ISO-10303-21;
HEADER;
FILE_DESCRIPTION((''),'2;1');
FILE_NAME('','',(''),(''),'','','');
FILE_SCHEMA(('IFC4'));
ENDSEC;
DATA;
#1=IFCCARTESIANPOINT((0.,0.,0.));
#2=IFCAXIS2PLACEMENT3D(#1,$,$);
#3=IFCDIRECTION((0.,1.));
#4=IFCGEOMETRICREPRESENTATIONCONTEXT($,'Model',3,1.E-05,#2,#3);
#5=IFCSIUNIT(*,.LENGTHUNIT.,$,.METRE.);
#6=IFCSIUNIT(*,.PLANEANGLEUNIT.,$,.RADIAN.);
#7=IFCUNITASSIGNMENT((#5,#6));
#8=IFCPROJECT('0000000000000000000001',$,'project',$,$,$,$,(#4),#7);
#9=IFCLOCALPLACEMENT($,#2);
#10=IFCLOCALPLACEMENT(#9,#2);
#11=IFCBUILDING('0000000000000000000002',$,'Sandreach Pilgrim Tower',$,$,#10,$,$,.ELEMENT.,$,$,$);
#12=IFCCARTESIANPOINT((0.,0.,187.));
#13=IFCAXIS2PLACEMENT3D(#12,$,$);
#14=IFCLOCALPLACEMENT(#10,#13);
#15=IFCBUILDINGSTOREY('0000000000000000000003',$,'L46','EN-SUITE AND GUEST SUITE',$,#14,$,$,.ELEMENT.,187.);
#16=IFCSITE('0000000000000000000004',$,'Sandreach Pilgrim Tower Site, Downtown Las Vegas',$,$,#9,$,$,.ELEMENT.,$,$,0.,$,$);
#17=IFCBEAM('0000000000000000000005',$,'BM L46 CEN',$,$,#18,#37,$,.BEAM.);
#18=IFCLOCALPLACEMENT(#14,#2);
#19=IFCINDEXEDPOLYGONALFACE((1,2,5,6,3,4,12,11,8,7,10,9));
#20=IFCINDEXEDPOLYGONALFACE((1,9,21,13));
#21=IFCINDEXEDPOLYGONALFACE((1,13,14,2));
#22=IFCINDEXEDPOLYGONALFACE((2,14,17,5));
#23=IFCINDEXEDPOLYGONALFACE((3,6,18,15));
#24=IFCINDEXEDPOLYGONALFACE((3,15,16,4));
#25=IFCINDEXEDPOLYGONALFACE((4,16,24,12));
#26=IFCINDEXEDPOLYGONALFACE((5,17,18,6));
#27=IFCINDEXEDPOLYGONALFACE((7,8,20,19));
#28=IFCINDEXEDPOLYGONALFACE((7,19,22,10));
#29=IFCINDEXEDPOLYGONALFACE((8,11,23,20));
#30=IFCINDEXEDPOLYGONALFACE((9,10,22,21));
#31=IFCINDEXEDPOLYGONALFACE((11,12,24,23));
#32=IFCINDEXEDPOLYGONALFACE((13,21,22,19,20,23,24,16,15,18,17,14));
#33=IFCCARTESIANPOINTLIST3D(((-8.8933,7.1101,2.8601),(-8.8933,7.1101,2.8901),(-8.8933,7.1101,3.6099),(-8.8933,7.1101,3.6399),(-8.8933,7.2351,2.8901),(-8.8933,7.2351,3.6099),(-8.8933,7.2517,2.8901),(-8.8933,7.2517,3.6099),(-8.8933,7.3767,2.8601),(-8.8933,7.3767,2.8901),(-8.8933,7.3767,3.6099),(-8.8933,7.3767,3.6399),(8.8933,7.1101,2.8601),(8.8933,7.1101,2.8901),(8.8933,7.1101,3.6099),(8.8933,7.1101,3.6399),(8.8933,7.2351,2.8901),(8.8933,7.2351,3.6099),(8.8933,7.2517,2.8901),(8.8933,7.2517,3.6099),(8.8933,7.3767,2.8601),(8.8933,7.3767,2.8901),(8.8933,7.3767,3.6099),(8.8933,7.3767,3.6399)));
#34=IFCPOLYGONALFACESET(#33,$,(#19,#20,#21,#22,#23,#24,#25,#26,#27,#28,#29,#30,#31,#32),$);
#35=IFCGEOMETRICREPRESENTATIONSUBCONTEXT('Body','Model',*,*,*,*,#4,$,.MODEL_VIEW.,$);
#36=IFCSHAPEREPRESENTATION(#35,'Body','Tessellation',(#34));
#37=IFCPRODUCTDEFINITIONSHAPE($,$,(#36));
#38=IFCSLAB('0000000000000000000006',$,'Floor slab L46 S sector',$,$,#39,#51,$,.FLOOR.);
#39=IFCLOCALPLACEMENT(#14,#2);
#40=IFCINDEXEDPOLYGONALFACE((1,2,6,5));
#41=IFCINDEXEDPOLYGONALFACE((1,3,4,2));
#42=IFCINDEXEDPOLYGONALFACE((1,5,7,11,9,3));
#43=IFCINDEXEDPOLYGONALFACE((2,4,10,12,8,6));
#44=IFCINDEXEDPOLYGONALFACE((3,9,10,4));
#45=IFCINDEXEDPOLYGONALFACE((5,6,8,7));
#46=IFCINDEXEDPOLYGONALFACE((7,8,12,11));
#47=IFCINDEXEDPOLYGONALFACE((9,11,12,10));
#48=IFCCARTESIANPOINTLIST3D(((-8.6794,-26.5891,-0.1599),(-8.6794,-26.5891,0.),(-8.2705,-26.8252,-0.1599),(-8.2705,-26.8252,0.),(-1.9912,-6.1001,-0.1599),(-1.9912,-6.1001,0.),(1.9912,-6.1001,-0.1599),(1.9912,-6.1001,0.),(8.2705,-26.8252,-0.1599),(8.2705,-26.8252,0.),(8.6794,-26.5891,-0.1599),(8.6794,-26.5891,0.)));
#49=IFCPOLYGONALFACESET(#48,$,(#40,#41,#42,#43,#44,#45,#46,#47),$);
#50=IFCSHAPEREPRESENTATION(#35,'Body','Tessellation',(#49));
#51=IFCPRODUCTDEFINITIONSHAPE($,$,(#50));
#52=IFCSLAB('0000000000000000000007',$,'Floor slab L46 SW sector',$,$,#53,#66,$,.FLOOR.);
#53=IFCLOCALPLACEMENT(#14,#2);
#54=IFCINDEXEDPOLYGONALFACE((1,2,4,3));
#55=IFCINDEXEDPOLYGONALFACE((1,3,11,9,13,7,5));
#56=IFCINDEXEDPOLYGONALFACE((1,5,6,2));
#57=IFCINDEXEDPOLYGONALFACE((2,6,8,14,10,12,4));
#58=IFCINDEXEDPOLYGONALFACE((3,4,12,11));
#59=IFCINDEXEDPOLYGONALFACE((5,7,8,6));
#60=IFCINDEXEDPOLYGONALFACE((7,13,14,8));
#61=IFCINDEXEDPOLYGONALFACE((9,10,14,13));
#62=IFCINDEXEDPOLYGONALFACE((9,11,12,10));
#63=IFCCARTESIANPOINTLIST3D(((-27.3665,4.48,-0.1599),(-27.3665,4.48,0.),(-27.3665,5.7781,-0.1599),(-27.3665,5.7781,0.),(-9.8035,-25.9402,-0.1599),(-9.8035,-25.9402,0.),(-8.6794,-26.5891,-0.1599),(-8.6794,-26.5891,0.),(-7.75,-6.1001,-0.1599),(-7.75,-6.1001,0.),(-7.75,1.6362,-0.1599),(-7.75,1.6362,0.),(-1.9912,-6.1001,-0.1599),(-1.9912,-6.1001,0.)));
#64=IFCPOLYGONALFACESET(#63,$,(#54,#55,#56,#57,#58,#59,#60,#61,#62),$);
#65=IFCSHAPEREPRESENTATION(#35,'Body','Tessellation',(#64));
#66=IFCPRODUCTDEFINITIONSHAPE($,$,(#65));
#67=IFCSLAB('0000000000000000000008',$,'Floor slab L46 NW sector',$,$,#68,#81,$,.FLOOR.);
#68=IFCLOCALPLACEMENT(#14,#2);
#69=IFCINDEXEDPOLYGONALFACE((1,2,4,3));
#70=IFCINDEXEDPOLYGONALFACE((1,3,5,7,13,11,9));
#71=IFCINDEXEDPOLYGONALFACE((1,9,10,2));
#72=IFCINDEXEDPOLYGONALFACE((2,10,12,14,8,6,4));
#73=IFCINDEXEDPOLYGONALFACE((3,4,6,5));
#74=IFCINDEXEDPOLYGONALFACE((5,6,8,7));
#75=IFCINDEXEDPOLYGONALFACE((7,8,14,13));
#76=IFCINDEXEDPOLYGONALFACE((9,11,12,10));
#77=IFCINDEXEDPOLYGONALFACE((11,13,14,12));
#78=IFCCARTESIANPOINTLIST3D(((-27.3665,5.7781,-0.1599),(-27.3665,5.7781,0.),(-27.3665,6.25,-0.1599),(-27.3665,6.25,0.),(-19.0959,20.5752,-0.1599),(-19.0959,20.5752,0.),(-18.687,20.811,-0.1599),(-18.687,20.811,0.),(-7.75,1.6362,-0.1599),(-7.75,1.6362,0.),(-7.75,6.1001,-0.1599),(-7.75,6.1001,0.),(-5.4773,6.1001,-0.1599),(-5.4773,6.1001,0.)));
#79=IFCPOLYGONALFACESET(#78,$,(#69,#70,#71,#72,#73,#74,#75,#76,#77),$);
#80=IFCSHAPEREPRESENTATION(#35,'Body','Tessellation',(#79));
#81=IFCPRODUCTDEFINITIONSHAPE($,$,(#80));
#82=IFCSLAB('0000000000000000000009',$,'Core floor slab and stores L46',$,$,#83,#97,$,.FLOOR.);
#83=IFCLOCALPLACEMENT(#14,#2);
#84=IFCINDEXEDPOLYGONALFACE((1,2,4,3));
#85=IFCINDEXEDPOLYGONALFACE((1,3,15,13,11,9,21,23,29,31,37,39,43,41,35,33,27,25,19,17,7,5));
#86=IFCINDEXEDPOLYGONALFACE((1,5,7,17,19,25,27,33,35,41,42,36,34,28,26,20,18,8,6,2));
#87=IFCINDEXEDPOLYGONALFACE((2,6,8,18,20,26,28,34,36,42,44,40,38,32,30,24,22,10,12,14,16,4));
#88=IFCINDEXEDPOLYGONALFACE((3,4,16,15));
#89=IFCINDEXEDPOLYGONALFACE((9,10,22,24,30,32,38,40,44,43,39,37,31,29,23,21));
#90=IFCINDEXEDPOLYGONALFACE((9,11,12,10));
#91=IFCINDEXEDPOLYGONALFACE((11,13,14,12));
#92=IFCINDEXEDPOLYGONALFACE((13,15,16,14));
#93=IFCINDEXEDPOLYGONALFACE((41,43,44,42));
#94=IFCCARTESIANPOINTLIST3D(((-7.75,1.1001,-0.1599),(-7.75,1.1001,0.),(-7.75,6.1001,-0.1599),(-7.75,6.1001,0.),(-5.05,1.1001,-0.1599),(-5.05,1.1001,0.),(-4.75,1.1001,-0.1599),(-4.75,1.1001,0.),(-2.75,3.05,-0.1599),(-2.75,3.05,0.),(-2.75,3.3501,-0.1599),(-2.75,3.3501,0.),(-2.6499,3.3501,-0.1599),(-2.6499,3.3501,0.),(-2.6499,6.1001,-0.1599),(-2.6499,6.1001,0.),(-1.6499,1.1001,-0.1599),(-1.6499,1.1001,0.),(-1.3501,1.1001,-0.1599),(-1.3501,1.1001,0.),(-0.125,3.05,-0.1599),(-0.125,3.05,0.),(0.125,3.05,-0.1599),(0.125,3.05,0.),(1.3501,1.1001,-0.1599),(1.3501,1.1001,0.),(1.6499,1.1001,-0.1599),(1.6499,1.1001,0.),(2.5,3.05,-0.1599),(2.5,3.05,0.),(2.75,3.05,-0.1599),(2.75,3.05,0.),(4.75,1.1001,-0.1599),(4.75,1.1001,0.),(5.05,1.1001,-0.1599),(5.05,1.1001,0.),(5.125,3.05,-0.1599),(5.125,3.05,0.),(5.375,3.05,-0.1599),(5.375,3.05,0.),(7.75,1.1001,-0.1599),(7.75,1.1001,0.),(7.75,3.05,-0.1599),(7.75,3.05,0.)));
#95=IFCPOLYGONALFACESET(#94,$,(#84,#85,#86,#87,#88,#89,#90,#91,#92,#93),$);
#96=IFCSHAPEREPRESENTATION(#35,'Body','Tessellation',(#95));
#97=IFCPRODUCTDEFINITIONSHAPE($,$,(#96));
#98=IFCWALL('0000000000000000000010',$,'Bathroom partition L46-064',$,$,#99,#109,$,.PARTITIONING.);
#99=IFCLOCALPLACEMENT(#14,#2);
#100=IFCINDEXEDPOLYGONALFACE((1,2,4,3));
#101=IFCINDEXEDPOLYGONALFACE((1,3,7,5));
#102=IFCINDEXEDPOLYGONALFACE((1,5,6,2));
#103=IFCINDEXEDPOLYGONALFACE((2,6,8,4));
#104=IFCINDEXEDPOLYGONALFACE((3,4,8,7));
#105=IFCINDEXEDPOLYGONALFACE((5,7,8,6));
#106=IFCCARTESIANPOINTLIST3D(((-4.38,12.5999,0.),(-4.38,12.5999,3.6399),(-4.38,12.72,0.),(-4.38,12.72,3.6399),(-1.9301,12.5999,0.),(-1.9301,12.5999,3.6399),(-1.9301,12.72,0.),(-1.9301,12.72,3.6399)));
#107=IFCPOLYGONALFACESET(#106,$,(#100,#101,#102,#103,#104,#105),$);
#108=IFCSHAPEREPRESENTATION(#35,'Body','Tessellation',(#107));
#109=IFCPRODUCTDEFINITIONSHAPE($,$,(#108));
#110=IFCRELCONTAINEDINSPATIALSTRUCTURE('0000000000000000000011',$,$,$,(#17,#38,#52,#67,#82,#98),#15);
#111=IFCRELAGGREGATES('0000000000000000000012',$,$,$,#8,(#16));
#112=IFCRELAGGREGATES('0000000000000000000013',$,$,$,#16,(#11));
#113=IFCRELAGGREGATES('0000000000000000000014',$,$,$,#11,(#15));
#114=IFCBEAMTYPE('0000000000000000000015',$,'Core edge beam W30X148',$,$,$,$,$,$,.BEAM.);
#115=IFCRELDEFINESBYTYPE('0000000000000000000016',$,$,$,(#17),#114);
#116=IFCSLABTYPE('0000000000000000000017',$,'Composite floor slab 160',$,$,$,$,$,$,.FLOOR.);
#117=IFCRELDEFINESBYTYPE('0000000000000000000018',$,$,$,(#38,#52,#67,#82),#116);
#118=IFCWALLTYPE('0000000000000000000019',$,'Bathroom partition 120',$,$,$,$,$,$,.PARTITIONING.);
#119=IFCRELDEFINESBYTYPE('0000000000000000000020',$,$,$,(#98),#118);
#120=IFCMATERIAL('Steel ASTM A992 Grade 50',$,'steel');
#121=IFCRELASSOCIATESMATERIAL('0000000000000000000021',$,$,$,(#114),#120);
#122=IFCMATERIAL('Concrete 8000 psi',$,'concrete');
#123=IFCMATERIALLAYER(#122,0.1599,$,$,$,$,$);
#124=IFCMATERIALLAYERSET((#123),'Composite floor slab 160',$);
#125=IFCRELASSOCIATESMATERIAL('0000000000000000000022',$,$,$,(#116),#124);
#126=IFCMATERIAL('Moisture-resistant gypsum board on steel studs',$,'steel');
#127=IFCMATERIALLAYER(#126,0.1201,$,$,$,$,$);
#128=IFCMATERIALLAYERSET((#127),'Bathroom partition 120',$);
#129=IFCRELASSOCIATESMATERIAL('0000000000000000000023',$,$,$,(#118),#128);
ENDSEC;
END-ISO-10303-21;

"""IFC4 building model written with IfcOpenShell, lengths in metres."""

from ifc_helpers import new_model, si_unit, direction, frame, frame_2d, origin, origin_2d, place, context, subcontext, project, spatial, polyline, rectangle, i_section, outline, extrude, material, layer, layer_set, material_profile, profile_set, type_object, element, save


model = new_model("IFC4")

# Units and contexts
model_context = context("Model", 3, precision=1e-05, world=origin(), true_north=direction((0.0, 1.0)))
body_context = subcontext(model_context, "Body", "Model", "MODEL_VIEW")
ifc_project = project(units=[si_unit("LENGTHUNIT", "METRE"), si_unit("PLANEANGLEUNIT", "RADIAN")], contexts=[model_context])

# Site, building, storey
site_placement = place(None, origin())
site = spatial("IfcSite", under=ifc_project, at=site_placement, Name="Sandreach Pilgrim Tower Site, Downtown Las Vegas", CompositionType="ELEMENT", RefElevation=0.0)
building_placement = place(site_placement, origin())
building = spatial("IfcBuilding", under=site, at=building_placement, Name="Sandreach Pilgrim Tower", CompositionType="ELEMENT")
storey_placement = place(building_placement, frame((0.0, 0.0, 187.0)))
storey = spatial("IfcBuildingStorey", under=building, at=storey_placement, Name="L46", Description="EN-SUITE AND GUEST SUITE", CompositionType="ELEMENT", Elevation=187.0)

# Beam
ifc_material_1 = material(Name="Steel ASTM A992 Grade 50", Category="steel")
ifc_material_profile = material_profile(ifc_material_1, i_section(OverallWidth=0.2666, OverallDepth=0.7798, WebThickness=0.0166, FlangeThickness=0.03, at=origin_2d()), Name="W30X148")
ifc_profile_set = profile_set([ifc_material_profile], Name="Steel ASTM A992 Grade 50")
beam_type = type_object("IfcBeamType", Name="Core edge beam W30X148", PredefinedType="BEAM", material=ifc_profile_set)
beam_placement = place(storey_placement, frame((-8.8933, 7.2434, 3.25), z_axis=(1.0, 0.0, 0.0), x_axis=(0.0, 1.0, 0.0)))
element("IfcBeam", 1, at=beam_placement, inside=storey, type_object=beam_type, Name="BM L46 CEN", PredefinedType="BEAM", context=body_context, shape_type="SweptSolid", body=[
    extrude(i_section(OverallWidth=0.2666, OverallDepth=0.7798, WebThickness=0.0166, FlangeThickness=0.03, at=origin_2d()), origin(), (0.0, 0.0, 1.0), 17.7866),
])

# Slabs
ifc_material_2 = material(Name="Concrete 8000 psi", Category="concrete")
ifc_layer_1 = layer(ifc_material_2, 0.1599)
ifc_layer_set_1 = layer_set([ifc_layer_1], Name="Composite floor slab 160")
slab_type = type_object("IfcSlabType", Name="Composite floor slab 160", PredefinedType="FLOOR", material=ifc_layer_set_1)
slab_1_placement = place(storey_placement, frame((0.0, 0.0, -0.1599)))
element("IfcSlab", 2, at=slab_1_placement, inside=storey, type_object=slab_type, Name="Floor slab L46 S sector", PredefinedType="FLOOR", context=body_context, shape_type="SweptSolid", body=[
    extrude(outline(polyline([(8.2705, -26.8252), (-8.2705, -26.8252), (-8.6794, -26.5891), (-1.9912, -6.1001), (1.9912, -6.1001), (8.6794, -26.5891), (8.2705, -26.8252)])), origin(), (0.0, 0.0, 1.0), 0.1599),
])
slab_2_placement = place(storey_placement, frame((0.0, 0.0, -0.1599)))
element("IfcSlab", 3, at=slab_2_placement, inside=storey, type_object=slab_type, Name="Floor slab L46 SW sector", PredefinedType="FLOOR", context=body_context, shape_type="SweptSolid", body=[
    extrude(outline(polyline([(-9.8035, -25.9402), (-27.3665, 4.48), (-27.3665, 5.7781), (-7.75, 1.6362), (-7.75, -6.1001), (-1.9912, -6.1001), (-8.6794, -26.5891), (-9.8035, -25.9402)])), origin(), (0.0, 0.0, 1.0), 0.1599),
])
slab_3_placement = place(storey_placement, frame((0.0, 0.0, -0.1599)))
element("IfcSlab", 4, at=slab_3_placement, inside=storey, type_object=slab_type, Name="Floor slab L46 NW sector", PredefinedType="FLOOR", context=body_context, shape_type="SweptSolid", body=[
    extrude(outline(polyline([(-27.3665, 6.25), (-19.0959, 20.5752), (-18.687, 20.811), (-5.4773, 6.1001), (-7.75, 6.1001), (-7.75, 1.6362), (-27.3665, 5.7781), (-27.3665, 6.25)])), origin(), (0.0, 0.0, 1.0), 0.1599),
])
slab_4_placement = place(storey_placement, frame((0.0, 0.0, -0.1599)))
element("IfcSlab", 5, at=slab_4_placement, inside=storey, type_object=slab_type, Name="Core floor slab and stores L46", PredefinedType="FLOOR", context=body_context, shape_type="SweptSolid", body=[
    extrude(outline(polyline([(-2.75, 3.3501), (-2.75, 3.05), (-0.125, 3.05), (0.125, 3.05), (2.5, 3.05), (2.75, 3.05), (5.125, 3.05), (5.375, 3.05), (7.75, 3.05), (7.75, 1.1001), (5.05, 1.1001), (4.75, 1.1001), (1.6499, 1.1001), (1.3501, 1.1001), (-1.3501, 1.1001), (-1.6499, 1.1001), (-4.75, 1.1001), (-5.05, 1.1001), (-7.75, 1.1001), (-7.75, 6.1001), (-2.6499, 6.1001), (-2.6499, 3.3501), (-2.75, 3.3501)])), origin(), (0.0, 0.0, 1.0), 0.1599),
])

# Wall
ifc_material_3 = material(Name="Moisture-resistant gypsum board on steel studs", Category="steel")
ifc_layer_2 = layer(ifc_material_3, 0.1201)
ifc_layer_set_2 = layer_set([ifc_layer_2], Name="Bathroom partition 120")
wall_type_1 = type_object("IfcWallType", Name="Bathroom partition 120", PredefinedType="PARTITIONING", material=ifc_layer_set_2)
wall_1_placement = place(storey_placement, frame((-1.9299, 12.6599, 0.0), z_axis=(0.0, 0.0, 1.0), x_axis=(-1.0, 0.0, 0.0)))
element("IfcWall", 6, at=wall_1_placement, inside=storey, type_object=wall_type_1, Name="Bathroom partition L46-064", PredefinedType="PARTITIONING", context=body_context, shape_type="SweptSolid", body=[
    extrude(rectangle(XDim=2.45, YDim=0.1201, at=frame_2d((1.2251, 0.0))), origin(), (0.0, 0.0, 1.0), 3.6399),
])

save(model, "model.ifc")
